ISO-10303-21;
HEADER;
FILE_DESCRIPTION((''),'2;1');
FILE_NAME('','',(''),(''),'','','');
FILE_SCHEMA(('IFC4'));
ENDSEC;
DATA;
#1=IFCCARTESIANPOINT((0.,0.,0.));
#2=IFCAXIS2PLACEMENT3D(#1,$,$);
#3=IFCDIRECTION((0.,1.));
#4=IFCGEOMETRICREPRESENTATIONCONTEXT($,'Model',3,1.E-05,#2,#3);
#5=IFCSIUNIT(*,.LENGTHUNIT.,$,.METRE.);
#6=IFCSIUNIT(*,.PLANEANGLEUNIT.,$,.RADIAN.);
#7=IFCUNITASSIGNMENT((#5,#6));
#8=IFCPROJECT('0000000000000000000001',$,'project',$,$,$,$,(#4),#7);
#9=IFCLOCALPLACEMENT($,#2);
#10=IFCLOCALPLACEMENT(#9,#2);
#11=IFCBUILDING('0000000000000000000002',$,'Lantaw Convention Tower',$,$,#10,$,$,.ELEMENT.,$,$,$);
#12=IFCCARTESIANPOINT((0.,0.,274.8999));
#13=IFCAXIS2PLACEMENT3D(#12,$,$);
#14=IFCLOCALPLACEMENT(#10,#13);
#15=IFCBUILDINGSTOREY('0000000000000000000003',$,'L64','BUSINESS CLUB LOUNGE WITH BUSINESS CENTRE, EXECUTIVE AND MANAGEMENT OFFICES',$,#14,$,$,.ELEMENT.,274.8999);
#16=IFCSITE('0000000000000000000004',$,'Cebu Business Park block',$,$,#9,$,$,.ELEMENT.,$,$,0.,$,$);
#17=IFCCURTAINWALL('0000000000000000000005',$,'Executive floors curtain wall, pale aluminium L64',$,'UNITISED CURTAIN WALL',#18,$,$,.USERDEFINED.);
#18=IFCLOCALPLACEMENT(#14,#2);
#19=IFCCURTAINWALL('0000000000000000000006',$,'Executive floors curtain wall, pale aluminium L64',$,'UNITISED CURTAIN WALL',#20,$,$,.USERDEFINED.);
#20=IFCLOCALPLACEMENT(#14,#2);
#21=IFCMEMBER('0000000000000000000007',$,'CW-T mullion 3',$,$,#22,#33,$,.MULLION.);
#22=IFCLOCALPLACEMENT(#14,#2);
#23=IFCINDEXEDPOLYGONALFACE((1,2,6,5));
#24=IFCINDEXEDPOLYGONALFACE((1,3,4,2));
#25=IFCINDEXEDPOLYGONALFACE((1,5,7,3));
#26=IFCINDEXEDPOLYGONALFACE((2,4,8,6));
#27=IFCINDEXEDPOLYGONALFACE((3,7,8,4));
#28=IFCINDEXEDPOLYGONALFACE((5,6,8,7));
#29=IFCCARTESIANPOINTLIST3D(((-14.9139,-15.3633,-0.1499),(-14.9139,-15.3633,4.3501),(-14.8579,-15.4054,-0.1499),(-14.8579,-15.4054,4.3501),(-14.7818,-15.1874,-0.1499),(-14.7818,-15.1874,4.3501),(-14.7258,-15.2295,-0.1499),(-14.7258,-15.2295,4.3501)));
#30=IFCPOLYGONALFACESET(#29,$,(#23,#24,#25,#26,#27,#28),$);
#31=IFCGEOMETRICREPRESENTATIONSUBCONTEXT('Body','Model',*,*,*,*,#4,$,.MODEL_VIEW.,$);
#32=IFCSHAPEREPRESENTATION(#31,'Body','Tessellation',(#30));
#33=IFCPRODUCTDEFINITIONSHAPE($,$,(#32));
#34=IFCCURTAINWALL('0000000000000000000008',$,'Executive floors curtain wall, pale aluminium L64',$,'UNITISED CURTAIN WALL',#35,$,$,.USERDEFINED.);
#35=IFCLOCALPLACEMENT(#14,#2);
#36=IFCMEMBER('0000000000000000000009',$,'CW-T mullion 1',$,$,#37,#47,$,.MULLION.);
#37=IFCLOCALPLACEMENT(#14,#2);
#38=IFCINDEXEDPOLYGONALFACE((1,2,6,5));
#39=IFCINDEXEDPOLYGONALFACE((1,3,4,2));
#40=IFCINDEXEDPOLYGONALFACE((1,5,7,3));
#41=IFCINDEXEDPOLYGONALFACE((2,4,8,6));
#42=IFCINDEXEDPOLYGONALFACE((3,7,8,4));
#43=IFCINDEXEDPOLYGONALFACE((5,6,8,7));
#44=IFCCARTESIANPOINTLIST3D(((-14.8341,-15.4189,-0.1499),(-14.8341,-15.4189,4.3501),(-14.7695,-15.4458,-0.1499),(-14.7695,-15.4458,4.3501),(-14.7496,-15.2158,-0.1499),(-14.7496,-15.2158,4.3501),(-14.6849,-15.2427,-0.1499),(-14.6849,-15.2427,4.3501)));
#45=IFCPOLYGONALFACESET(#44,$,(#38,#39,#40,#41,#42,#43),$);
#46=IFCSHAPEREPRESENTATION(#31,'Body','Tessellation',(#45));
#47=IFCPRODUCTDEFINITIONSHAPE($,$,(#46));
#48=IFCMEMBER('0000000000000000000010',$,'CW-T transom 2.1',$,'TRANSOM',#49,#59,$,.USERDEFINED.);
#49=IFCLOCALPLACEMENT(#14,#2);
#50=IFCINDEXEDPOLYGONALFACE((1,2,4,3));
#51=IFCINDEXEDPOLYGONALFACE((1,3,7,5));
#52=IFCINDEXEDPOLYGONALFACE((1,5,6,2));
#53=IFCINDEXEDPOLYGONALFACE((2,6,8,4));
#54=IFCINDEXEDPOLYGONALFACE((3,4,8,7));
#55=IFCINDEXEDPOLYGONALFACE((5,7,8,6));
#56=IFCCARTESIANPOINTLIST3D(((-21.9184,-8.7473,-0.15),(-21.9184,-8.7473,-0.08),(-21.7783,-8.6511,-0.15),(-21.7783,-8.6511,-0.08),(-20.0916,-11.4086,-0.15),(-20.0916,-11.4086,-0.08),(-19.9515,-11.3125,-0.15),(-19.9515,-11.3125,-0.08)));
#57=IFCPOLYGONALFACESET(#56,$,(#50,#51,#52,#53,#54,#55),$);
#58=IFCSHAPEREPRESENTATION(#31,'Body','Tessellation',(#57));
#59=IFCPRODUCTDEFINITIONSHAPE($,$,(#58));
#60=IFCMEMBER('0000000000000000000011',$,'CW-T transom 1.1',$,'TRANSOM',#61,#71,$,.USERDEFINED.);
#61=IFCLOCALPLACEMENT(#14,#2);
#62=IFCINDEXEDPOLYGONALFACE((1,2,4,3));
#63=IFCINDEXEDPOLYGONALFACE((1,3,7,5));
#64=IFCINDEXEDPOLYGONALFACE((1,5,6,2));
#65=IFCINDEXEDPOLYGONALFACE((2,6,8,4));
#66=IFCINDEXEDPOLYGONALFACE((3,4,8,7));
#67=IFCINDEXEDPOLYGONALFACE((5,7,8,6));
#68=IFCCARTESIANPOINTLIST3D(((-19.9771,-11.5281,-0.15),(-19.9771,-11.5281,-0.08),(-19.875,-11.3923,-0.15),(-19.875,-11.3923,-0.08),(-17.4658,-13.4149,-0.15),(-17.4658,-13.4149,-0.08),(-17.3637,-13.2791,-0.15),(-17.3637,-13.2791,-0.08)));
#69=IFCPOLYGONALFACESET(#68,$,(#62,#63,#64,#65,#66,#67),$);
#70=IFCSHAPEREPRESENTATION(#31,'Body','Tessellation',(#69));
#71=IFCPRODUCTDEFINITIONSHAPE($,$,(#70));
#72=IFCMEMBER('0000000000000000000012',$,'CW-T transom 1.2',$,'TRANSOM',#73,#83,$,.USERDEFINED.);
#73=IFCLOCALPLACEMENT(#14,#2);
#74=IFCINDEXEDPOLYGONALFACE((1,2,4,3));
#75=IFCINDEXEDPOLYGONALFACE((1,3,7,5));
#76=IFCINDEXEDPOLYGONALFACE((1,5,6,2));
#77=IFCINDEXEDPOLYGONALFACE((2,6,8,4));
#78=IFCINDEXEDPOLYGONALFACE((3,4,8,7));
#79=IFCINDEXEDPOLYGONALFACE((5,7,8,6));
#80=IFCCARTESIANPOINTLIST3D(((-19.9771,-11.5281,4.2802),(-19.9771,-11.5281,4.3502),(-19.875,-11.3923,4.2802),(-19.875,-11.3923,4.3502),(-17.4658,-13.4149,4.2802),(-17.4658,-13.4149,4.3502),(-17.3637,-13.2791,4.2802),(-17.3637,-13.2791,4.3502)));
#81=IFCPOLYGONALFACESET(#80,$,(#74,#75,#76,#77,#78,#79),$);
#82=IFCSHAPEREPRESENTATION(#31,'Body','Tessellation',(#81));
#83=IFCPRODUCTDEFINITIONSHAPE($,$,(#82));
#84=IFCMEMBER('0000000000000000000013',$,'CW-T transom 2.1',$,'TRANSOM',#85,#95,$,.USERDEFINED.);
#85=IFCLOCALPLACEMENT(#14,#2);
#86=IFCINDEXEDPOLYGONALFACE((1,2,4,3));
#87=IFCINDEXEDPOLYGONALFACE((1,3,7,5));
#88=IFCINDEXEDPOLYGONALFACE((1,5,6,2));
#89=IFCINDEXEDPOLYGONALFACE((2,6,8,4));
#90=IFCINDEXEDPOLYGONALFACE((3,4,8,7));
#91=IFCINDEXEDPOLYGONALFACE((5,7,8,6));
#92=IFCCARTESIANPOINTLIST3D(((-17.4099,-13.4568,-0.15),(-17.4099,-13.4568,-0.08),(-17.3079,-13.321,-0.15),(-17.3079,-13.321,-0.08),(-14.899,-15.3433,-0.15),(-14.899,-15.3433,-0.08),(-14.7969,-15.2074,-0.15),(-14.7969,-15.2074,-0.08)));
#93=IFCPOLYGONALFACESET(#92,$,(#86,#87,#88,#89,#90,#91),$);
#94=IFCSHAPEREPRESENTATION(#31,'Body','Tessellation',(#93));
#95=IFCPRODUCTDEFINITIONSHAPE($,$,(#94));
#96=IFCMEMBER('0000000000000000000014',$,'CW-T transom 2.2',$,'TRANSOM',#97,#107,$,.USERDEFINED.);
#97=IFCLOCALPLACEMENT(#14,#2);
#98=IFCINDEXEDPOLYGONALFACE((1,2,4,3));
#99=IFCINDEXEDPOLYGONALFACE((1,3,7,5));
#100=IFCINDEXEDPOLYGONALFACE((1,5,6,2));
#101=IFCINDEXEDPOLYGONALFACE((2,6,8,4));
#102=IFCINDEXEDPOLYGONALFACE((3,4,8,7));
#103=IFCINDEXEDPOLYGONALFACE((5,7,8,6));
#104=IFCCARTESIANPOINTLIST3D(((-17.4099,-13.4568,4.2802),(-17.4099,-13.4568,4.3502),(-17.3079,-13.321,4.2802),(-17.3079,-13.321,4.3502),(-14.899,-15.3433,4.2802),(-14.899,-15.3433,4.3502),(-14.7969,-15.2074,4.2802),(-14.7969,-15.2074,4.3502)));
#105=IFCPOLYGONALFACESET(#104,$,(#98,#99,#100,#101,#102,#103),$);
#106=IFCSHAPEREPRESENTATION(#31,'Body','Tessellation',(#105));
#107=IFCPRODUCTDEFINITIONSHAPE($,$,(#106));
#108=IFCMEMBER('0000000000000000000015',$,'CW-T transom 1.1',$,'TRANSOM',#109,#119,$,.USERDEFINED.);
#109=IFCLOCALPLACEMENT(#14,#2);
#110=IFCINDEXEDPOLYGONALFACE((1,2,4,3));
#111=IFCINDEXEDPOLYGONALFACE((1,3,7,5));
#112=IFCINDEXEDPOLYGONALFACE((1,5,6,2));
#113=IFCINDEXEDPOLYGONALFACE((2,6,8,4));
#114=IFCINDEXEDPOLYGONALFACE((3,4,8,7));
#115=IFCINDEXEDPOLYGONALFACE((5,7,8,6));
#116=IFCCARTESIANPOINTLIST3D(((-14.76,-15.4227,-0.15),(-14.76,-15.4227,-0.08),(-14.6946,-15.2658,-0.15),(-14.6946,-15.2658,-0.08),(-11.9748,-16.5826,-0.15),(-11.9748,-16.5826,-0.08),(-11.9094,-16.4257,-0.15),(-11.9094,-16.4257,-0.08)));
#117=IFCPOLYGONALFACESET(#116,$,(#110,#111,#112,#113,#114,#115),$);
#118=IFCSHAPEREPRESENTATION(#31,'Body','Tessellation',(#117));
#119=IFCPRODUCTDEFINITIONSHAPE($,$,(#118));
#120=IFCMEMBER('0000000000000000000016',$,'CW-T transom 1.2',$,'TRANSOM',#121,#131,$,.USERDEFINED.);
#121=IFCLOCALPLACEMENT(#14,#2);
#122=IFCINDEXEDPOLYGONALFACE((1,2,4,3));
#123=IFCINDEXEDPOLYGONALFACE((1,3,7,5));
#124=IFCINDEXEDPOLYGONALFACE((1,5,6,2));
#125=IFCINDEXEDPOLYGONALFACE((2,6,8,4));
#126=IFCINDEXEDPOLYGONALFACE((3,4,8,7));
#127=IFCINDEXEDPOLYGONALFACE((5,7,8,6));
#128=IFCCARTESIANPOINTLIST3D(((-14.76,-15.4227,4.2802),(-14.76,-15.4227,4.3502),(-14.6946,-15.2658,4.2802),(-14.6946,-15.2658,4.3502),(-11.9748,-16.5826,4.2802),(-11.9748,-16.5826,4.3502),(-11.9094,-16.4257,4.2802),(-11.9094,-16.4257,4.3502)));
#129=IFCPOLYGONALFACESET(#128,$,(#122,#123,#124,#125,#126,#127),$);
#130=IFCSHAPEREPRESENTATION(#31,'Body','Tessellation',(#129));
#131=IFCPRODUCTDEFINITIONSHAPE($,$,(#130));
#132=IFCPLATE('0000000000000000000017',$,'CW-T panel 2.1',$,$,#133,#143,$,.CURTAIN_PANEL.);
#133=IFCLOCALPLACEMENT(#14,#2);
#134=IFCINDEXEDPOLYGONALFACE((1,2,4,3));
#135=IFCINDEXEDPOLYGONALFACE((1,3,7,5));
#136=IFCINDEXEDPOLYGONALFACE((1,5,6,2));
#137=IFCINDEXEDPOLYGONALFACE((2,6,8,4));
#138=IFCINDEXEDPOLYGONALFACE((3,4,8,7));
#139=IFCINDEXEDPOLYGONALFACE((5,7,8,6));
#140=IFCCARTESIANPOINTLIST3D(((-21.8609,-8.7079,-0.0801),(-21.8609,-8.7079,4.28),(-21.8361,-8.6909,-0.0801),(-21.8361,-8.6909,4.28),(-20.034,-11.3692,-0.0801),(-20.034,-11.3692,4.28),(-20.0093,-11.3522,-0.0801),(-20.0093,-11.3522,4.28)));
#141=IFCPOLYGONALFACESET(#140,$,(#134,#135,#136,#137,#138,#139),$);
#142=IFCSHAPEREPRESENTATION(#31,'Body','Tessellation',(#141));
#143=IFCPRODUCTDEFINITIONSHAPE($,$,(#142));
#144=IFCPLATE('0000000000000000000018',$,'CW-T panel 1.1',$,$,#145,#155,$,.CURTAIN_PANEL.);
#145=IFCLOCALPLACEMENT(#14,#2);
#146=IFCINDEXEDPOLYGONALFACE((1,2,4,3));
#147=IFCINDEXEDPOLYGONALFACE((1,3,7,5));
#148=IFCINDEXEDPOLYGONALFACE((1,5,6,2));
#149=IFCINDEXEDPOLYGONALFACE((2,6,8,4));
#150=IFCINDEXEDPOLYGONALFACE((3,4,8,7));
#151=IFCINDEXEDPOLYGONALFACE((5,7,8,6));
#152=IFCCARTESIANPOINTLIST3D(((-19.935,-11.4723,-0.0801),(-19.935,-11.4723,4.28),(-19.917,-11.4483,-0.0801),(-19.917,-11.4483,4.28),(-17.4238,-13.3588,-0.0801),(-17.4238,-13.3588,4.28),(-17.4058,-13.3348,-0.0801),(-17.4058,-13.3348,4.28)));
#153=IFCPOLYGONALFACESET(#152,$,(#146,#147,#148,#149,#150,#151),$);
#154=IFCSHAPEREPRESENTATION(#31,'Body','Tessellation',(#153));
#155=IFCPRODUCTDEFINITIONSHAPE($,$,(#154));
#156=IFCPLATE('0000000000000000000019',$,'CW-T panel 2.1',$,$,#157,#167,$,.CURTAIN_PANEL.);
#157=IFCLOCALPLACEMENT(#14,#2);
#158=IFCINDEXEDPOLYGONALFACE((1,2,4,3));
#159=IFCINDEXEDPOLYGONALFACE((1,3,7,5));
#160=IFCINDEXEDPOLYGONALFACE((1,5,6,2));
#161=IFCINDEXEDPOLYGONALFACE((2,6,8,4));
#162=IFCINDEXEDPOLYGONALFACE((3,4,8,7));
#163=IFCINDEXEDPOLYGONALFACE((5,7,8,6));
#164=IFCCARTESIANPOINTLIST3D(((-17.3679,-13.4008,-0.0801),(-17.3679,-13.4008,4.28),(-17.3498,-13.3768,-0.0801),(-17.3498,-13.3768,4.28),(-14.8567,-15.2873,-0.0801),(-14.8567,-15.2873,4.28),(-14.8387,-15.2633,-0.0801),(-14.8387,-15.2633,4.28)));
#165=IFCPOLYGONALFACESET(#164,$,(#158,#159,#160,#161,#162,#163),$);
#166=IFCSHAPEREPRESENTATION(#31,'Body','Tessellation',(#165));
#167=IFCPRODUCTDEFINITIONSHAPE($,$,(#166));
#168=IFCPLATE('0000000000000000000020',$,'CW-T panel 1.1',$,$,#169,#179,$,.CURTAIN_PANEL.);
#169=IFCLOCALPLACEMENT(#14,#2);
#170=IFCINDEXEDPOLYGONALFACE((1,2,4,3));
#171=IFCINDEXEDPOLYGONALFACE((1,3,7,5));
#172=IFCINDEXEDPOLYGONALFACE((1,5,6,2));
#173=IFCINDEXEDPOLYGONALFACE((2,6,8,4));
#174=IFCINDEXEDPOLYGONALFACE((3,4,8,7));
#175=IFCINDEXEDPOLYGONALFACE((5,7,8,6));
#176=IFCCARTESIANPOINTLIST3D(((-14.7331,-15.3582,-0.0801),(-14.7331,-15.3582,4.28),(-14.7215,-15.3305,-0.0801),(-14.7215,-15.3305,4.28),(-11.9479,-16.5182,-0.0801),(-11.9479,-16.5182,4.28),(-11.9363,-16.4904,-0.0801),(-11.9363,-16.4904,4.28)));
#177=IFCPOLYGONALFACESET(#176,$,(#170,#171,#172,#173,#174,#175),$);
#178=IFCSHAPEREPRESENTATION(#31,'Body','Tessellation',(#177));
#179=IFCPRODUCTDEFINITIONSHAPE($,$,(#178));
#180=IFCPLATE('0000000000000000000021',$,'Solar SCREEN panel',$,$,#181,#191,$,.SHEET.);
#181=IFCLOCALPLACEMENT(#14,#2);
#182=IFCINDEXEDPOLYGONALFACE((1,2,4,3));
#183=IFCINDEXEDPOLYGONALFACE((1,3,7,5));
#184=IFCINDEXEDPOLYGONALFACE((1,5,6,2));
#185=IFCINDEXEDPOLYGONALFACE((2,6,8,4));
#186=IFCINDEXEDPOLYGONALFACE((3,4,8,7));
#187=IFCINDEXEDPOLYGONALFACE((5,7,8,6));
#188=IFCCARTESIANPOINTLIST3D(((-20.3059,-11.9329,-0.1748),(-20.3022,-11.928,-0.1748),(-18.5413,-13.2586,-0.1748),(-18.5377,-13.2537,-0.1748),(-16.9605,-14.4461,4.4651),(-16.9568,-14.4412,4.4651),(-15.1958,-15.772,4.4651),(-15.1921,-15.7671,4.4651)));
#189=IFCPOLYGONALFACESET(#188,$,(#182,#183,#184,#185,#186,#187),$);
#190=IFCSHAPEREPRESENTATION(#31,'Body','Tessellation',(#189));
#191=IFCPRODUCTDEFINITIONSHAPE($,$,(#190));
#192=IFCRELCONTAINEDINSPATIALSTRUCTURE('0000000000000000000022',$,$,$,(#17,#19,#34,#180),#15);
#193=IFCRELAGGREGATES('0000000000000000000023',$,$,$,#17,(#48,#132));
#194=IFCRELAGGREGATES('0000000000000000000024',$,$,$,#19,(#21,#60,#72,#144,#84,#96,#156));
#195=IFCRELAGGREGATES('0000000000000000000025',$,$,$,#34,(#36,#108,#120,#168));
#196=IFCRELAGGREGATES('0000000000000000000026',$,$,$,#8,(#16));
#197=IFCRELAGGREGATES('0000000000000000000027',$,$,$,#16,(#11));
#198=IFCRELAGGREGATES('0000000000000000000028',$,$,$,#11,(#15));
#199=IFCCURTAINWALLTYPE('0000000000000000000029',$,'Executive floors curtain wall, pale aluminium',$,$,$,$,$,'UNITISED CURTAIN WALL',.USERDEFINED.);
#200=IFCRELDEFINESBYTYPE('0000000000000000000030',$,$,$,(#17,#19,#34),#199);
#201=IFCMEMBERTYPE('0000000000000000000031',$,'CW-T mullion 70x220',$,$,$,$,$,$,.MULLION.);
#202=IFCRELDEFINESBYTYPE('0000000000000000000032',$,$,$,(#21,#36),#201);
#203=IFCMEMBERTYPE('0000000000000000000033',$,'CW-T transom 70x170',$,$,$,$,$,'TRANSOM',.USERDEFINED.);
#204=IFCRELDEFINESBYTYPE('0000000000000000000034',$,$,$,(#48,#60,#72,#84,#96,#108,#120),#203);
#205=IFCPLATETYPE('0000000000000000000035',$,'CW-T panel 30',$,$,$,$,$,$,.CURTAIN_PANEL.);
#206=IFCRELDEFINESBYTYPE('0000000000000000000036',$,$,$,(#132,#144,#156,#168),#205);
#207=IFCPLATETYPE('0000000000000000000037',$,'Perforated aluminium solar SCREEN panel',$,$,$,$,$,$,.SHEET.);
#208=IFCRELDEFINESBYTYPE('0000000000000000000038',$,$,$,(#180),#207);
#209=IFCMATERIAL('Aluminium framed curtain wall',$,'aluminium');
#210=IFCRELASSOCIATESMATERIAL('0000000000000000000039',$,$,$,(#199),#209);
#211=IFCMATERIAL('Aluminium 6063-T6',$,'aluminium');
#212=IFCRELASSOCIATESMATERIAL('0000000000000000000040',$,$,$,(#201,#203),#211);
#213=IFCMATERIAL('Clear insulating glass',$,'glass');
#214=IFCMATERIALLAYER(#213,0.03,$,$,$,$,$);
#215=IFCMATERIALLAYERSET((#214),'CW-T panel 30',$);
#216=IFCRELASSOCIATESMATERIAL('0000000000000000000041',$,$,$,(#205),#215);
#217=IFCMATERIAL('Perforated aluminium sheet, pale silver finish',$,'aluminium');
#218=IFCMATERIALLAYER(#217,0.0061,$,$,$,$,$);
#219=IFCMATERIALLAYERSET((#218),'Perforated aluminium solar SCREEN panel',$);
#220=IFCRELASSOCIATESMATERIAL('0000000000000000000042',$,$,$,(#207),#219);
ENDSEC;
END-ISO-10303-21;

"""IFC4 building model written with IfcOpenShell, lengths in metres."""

from ifc_helpers import new_model, si_unit, direction, frame, origin, origin_2d, place, context, subcontext, project, spatial, polyline, rectangle, outline, extrude, material, layer, layer_set, material_profile, profile_set, type_object, element, aggregate, save


model = new_model("IFC4")

# Units and contexts
model_context = context("Model", 3, precision=1e-05, world=origin(), true_north=direction((0.0, 1.0)))
body_context = subcontext(model_context, "Body", "Model", "MODEL_VIEW")
ifc_project = project(units=[si_unit("LENGTHUNIT", "METRE"), si_unit("PLANEANGLEUNIT", "RADIAN")], contexts=[model_context])

# Site, building, storey
site_placement = place(None, origin())
site = spatial("IfcSite", under=ifc_project, at=site_placement, Name="Cebu Business Park block", CompositionType="ELEMENT", RefElevation=0.0)
building_placement = place(site_placement, origin())
building = spatial("IfcBuilding", under=site, at=building_placement, Name="Lantaw Convention Tower", CompositionType="ELEMENT")
storey_placement = place(building_placement, frame((0.0, 0.0, 274.8999)))
storey = spatial("IfcBuildingStorey", under=building, at=storey_placement, Name="L64", Description="BUSINESS CLUB LOUNGE WITH BUSINESS CENTRE, EXECUTIVE AND MANAGEMENT OFFICES", CompositionType="ELEMENT", Elevation=274.8999)

# Curtain wall
ifc_material_1 = material(Name="Aluminium framed curtain wall", Category="aluminium")
curtain_wall_type = type_object("IfcCurtainWallType", Name="Executive floors curtain wall, pale aluminium", ElementType="UNITISED CURTAIN WALL", PredefinedType="USERDEFINED", material=ifc_material_1)
curtain_wall_1_placement = place(storey_placement, origin())
curtain_wall_1 = element("IfcCurtainWall", 1, at=curtain_wall_1_placement, inside=storey, type_object=curtain_wall_type, Name="Executive floors curtain wall, pale aluminium L64", ObjectType="UNITISED CURTAIN WALL", PredefinedType="USERDEFINED")
ifc_material_2 = material(Name="Aluminium 6063-T6", Category="aluminium")
ifc_material_profile_1 = material_profile(ifc_material_2, rectangle(XDim=0.22, YDim=0.0701, at=origin_2d()), Name="CW-T mullion 70x220")
ifc_profile_set_1 = profile_set([ifc_material_profile_1], Name="Aluminium 6063-T6")
member_type_1 = type_object("IfcMemberType", Name="CW-T mullion 70x220", PredefinedType="MULLION", material=ifc_profile_set_1)

# Curtain wall, member
curtain_wall_2_placement = place(storey_placement, origin())
curtain_wall_2 = element("IfcCurtainWall", 2, at=curtain_wall_2_placement, inside=storey, type_object=curtain_wall_type, Name="Executive floors curtain wall, pale aluminium L64", ObjectType="UNITISED CURTAIN WALL", PredefinedType="USERDEFINED")
member_1_placement = place(storey_placement, frame((-14.8198, -15.2964, -0.1499), z_axis=(0.0, 0.0, 1.0), x_axis=(0.600643, 0.799518, 0.0)))
member_1 = element("IfcMember", 3, at=member_1_placement, type_object=member_type_1, Name="CW-T mullion 3", PredefinedType="MULLION", context=body_context, shape_type="SweptSolid", body=[
    extrude(rectangle(XDim=0.22, YDim=0.0701, at=origin_2d()), origin(), (0.0, 0.0, 1.0), 4.5),
])

# Curtain wall, member
curtain_wall_3_placement = place(storey_placement, origin())
curtain_wall_3 = element("IfcCurtainWall", 4, at=curtain_wall_3_placement, inside=storey, type_object=curtain_wall_type, Name="Executive floors curtain wall, pale aluminium L64", ObjectType="UNITISED CURTAIN WALL", PredefinedType="USERDEFINED")
member_2_placement = place(storey_placement, frame((-14.7595, -15.3308, -0.1499), z_axis=(0.0, 0.0, 1.0), x_axis=(0.38446, 0.923142, 0.0)))
member_2 = element("IfcMember", 5, at=member_2_placement, type_object=member_type_1, Name="CW-T mullion 1", PredefinedType="MULLION", context=body_context, shape_type="SweptSolid", body=[
    extrude(rectangle(XDim=0.22, YDim=0.0701, at=origin_2d()), origin(), (0.0, 0.0, 1.0), 4.5),
])

# Members
ifc_material_profile_2 = material_profile(ifc_material_2, rectangle(XDim=0.1699, YDim=0.0701, at=origin_2d()), Name="CW-T transom 70x170")
ifc_profile_set_2 = profile_set([ifc_material_profile_2], Name="Aluminium 6063-T6")
member_type_2 = type_object("IfcMemberType", Name="CW-T transom 70x170", ElementType="TRANSOM", PredefinedType="USERDEFINED", material=ifc_profile_set_2)
member_3_placement = place(storey_placement, frame((-21.8484, -8.6992, -0.115), z_axis=(0.565941, -0.824446, 0.0), x_axis=(0.824446, 0.565941, 0.0)))
member_3 = element("IfcMember", 6, at=member_3_placement, type_object=member_type_2, Name="CW-T transom 2.1", ObjectType="TRANSOM", PredefinedType="USERDEFINED", context=body_context, shape_type="SweptSolid", body=[
    extrude(rectangle(XDim=0.1699, YDim=0.0701, at=origin_2d()), origin(), (0.0, 0.0, 1.0), 3.228),
])
member_4_placement = place(storey_placement, frame((-19.926, -11.4602, -0.115), z_axis=(0.799496, -0.600671, 0.0), x_axis=(0.600671, 0.799496, 0.0)))
member_4 = element("IfcMember", 7, at=member_4_placement, type_object=member_type_2, Name="CW-T transom 1.1", ObjectType="TRANSOM", PredefinedType="USERDEFINED", context=body_context, shape_type="SweptSolid", body=[
    extrude(rectangle(XDim=0.1699, YDim=0.0701, at=origin_2d()), origin(), (0.0, 0.0, 1.0), 3.1411),
])
member_5_placement = place(storey_placement, frame((-19.926, -11.4602, 4.3152), z_axis=(0.799496, -0.600671, 0.0), x_axis=(0.600671, 0.799496, 0.0)))
member_5 = element("IfcMember", 8, at=member_5_placement, type_object=member_type_2, Name="CW-T transom 1.2", ObjectType="TRANSOM", PredefinedType="USERDEFINED", context=body_context, shape_type="SweptSolid", body=[
    extrude(rectangle(XDim=0.1699, YDim=0.0701, at=origin_2d()), origin(), (0.0, 0.0, 1.0), 3.1411),
])
member_6_placement = place(storey_placement, frame((-17.3589, -13.3889, -0.115), z_axis=(0.799505, -0.600659, 0.0), x_axis=(0.600659, 0.799505, 0.0)))
member_6 = element("IfcMember", 9, at=member_6_placement, type_object=member_type_2, Name="CW-T transom 2.1", ObjectType="TRANSOM", PredefinedType="USERDEFINED", context=body_context, shape_type="SweptSolid", body=[
    extrude(rectangle(XDim=0.1699, YDim=0.0701, at=origin_2d()), origin(), (0.0, 0.0, 1.0), 3.1406),
])
member_7_placement = place(storey_placement, frame((-17.3589, -13.3889, 4.3152), z_axis=(0.799505, -0.600659, 0.0), x_axis=(0.600659, 0.799505, 0.0)))
member_7 = element("IfcMember", 10, at=member_7_placement, type_object=member_type_2, Name="CW-T transom 2.2", ObjectType="TRANSOM", PredefinedType="USERDEFINED", context=body_context, shape_type="SweptSolid", body=[
    extrude(rectangle(XDim=0.1699, YDim=0.0701, at=origin_2d()), origin(), (0.0, 0.0, 1.0), 3.1406),
])
member_8_placement = place(storey_placement, frame((-14.7273, -15.3442, -0.115), z_axis=(0.923144, -0.384454, 0.0), x_axis=(0.384454, 0.923144, 0.0)))
member_8 = element("IfcMember", 11, at=member_8_placement, type_object=member_type_2, Name="CW-T transom 1.1", ObjectType="TRANSOM", PredefinedType="USERDEFINED", context=body_context, shape_type="SweptSolid", body=[
    extrude(rectangle(XDim=0.1699, YDim=0.0701, at=origin_2d()), origin(), (0.0, 0.0, 1.0), 3.0171),
])
member_9_placement = place(storey_placement, frame((-14.7273, -15.3442, 4.3152), z_axis=(0.923144, -0.384454, 0.0), x_axis=(0.384454, 0.923144, 0.0)))
member_9 = element("IfcMember", 12, at=member_9_placement, type_object=member_type_2, Name="CW-T transom 1.2", ObjectType="TRANSOM", PredefinedType="USERDEFINED", context=body_context, shape_type="SweptSolid", body=[
    extrude(rectangle(XDim=0.1699, YDim=0.0701, at=origin_2d()), origin(), (0.0, 0.0, 1.0), 3.0171),
])

# Plates
ifc_material_3 = material(Name="Clear insulating glass", Category="glass")
ifc_layer_1 = layer(ifc_material_3, 0.03)
ifc_layer_set_1 = layer_set([ifc_layer_1], Name="CW-T panel 30")
plate_type_1 = type_object("IfcPlateType", Name="CW-T panel 30", PredefinedType="CURTAIN_PANEL", material=ifc_layer_set_1)
plate_1_placement = place(storey_placement, frame((-20.9351, -10.03, -0.0801), z_axis=(0.0, 0.0, 1.0), x_axis=(0.565935, -0.82445, 0.0)))
plate_1 = element("IfcPlate", 13, at=plate_1_placement, type_object=plate_type_1, Name="CW-T panel 2.1", PredefinedType="CURTAIN_PANEL", context=body_context, shape_type="SweptSolid", body=[
    extrude(rectangle(XDim=3.228, YDim=0.03, at=origin_2d()), origin(), (0.0, 0.0, 1.0), 4.3601),
])
aggregate(curtain_wall_1, [member_3, plate_1])
plate_2_placement = place(storey_placement, frame((-18.6704, -12.4036, -0.0801), z_axis=(0.0, 0.0, 1.0), x_axis=(0.799518, -0.600643, 0.0)))
plate_2 = element("IfcPlate", 14, at=plate_2_placement, type_object=plate_type_1, Name="CW-T panel 1.1", PredefinedType="CURTAIN_PANEL", context=body_context, shape_type="SweptSolid", body=[
    extrude(rectangle(XDim=3.1409, YDim=0.03, at=origin_2d()), origin(), (0.0, 0.0, 1.0), 4.3601),
])
plate_3_placement = place(storey_placement, frame((-16.1033, -14.332, -0.0801), z_axis=(0.0, 0.0, 1.0), x_axis=(0.799518, -0.600643, 0.0)))
plate_3 = element("IfcPlate", 15, at=plate_3_placement, type_object=plate_type_1, Name="CW-T panel 2.1", PredefinedType="CURTAIN_PANEL", context=body_context, shape_type="SweptSolid", body=[
    extrude(rectangle(XDim=3.1409, YDim=0.03, at=origin_2d()), origin(), (0.0, 0.0, 1.0), 4.3601),
])
aggregate(curtain_wall_2, [member_1, member_4, member_5, plate_2, member_6, member_7, plate_3])
plate_4_placement = place(storey_placement, frame((-13.3347, -15.9243, -0.0801), z_axis=(0.0, 0.0, 1.0), x_axis=(0.923142, -0.38446, 0.0)))
plate_4 = element("IfcPlate", 16, at=plate_4_placement, type_object=plate_type_1, Name="CW-T panel 1.1", PredefinedType="CURTAIN_PANEL", context=body_context, shape_type="SweptSolid", body=[
    extrude(rectangle(XDim=3.0171, YDim=0.03, at=origin_2d()), origin(), (0.0, 0.0, 1.0), 4.3601),
])
aggregate(curtain_wall_3, [member_2, member_8, member_9, plate_4])

# Plate
ifc_material_4 = material(Name="Perforated aluminium sheet, pale silver finish", Category="aluminium")
ifc_layer_2 = layer(ifc_material_4, 0.0061)
ifc_layer_set_2 = layer_set([ifc_layer_2], Name="Perforated aluminium solar SCREEN panel")
plate_type_2 = type_object("IfcPlateType", Name="Perforated aluminium solar SCREEN panel", PredefinedType="SHEET", material=ifc_layer_set_2)
plate_5_placement = place(storey_placement, frame((-20.3059, -11.9329, -0.1748), z_axis=(-0.600672, -0.799495, 0.000032), x_axis=(0.799495, -0.600672, 0.0)))
element("IfcPlate", 17, at=plate_5_placement, inside=storey, type_object=plate_type_2, Name="Solar SCREEN panel", PredefinedType="SHEET", context=body_context, shape_type="SweptSolid", body=[
    extrude(outline(polyline([(0.0, 0.0), (2.2071, 0.0), (6.3916, 4.6399), (4.1843, 4.6399), (0.0, 0.0)])), origin(), (0.0, 0.0, -1.0), 0.0061),
])

save(model, "model.ifc")
